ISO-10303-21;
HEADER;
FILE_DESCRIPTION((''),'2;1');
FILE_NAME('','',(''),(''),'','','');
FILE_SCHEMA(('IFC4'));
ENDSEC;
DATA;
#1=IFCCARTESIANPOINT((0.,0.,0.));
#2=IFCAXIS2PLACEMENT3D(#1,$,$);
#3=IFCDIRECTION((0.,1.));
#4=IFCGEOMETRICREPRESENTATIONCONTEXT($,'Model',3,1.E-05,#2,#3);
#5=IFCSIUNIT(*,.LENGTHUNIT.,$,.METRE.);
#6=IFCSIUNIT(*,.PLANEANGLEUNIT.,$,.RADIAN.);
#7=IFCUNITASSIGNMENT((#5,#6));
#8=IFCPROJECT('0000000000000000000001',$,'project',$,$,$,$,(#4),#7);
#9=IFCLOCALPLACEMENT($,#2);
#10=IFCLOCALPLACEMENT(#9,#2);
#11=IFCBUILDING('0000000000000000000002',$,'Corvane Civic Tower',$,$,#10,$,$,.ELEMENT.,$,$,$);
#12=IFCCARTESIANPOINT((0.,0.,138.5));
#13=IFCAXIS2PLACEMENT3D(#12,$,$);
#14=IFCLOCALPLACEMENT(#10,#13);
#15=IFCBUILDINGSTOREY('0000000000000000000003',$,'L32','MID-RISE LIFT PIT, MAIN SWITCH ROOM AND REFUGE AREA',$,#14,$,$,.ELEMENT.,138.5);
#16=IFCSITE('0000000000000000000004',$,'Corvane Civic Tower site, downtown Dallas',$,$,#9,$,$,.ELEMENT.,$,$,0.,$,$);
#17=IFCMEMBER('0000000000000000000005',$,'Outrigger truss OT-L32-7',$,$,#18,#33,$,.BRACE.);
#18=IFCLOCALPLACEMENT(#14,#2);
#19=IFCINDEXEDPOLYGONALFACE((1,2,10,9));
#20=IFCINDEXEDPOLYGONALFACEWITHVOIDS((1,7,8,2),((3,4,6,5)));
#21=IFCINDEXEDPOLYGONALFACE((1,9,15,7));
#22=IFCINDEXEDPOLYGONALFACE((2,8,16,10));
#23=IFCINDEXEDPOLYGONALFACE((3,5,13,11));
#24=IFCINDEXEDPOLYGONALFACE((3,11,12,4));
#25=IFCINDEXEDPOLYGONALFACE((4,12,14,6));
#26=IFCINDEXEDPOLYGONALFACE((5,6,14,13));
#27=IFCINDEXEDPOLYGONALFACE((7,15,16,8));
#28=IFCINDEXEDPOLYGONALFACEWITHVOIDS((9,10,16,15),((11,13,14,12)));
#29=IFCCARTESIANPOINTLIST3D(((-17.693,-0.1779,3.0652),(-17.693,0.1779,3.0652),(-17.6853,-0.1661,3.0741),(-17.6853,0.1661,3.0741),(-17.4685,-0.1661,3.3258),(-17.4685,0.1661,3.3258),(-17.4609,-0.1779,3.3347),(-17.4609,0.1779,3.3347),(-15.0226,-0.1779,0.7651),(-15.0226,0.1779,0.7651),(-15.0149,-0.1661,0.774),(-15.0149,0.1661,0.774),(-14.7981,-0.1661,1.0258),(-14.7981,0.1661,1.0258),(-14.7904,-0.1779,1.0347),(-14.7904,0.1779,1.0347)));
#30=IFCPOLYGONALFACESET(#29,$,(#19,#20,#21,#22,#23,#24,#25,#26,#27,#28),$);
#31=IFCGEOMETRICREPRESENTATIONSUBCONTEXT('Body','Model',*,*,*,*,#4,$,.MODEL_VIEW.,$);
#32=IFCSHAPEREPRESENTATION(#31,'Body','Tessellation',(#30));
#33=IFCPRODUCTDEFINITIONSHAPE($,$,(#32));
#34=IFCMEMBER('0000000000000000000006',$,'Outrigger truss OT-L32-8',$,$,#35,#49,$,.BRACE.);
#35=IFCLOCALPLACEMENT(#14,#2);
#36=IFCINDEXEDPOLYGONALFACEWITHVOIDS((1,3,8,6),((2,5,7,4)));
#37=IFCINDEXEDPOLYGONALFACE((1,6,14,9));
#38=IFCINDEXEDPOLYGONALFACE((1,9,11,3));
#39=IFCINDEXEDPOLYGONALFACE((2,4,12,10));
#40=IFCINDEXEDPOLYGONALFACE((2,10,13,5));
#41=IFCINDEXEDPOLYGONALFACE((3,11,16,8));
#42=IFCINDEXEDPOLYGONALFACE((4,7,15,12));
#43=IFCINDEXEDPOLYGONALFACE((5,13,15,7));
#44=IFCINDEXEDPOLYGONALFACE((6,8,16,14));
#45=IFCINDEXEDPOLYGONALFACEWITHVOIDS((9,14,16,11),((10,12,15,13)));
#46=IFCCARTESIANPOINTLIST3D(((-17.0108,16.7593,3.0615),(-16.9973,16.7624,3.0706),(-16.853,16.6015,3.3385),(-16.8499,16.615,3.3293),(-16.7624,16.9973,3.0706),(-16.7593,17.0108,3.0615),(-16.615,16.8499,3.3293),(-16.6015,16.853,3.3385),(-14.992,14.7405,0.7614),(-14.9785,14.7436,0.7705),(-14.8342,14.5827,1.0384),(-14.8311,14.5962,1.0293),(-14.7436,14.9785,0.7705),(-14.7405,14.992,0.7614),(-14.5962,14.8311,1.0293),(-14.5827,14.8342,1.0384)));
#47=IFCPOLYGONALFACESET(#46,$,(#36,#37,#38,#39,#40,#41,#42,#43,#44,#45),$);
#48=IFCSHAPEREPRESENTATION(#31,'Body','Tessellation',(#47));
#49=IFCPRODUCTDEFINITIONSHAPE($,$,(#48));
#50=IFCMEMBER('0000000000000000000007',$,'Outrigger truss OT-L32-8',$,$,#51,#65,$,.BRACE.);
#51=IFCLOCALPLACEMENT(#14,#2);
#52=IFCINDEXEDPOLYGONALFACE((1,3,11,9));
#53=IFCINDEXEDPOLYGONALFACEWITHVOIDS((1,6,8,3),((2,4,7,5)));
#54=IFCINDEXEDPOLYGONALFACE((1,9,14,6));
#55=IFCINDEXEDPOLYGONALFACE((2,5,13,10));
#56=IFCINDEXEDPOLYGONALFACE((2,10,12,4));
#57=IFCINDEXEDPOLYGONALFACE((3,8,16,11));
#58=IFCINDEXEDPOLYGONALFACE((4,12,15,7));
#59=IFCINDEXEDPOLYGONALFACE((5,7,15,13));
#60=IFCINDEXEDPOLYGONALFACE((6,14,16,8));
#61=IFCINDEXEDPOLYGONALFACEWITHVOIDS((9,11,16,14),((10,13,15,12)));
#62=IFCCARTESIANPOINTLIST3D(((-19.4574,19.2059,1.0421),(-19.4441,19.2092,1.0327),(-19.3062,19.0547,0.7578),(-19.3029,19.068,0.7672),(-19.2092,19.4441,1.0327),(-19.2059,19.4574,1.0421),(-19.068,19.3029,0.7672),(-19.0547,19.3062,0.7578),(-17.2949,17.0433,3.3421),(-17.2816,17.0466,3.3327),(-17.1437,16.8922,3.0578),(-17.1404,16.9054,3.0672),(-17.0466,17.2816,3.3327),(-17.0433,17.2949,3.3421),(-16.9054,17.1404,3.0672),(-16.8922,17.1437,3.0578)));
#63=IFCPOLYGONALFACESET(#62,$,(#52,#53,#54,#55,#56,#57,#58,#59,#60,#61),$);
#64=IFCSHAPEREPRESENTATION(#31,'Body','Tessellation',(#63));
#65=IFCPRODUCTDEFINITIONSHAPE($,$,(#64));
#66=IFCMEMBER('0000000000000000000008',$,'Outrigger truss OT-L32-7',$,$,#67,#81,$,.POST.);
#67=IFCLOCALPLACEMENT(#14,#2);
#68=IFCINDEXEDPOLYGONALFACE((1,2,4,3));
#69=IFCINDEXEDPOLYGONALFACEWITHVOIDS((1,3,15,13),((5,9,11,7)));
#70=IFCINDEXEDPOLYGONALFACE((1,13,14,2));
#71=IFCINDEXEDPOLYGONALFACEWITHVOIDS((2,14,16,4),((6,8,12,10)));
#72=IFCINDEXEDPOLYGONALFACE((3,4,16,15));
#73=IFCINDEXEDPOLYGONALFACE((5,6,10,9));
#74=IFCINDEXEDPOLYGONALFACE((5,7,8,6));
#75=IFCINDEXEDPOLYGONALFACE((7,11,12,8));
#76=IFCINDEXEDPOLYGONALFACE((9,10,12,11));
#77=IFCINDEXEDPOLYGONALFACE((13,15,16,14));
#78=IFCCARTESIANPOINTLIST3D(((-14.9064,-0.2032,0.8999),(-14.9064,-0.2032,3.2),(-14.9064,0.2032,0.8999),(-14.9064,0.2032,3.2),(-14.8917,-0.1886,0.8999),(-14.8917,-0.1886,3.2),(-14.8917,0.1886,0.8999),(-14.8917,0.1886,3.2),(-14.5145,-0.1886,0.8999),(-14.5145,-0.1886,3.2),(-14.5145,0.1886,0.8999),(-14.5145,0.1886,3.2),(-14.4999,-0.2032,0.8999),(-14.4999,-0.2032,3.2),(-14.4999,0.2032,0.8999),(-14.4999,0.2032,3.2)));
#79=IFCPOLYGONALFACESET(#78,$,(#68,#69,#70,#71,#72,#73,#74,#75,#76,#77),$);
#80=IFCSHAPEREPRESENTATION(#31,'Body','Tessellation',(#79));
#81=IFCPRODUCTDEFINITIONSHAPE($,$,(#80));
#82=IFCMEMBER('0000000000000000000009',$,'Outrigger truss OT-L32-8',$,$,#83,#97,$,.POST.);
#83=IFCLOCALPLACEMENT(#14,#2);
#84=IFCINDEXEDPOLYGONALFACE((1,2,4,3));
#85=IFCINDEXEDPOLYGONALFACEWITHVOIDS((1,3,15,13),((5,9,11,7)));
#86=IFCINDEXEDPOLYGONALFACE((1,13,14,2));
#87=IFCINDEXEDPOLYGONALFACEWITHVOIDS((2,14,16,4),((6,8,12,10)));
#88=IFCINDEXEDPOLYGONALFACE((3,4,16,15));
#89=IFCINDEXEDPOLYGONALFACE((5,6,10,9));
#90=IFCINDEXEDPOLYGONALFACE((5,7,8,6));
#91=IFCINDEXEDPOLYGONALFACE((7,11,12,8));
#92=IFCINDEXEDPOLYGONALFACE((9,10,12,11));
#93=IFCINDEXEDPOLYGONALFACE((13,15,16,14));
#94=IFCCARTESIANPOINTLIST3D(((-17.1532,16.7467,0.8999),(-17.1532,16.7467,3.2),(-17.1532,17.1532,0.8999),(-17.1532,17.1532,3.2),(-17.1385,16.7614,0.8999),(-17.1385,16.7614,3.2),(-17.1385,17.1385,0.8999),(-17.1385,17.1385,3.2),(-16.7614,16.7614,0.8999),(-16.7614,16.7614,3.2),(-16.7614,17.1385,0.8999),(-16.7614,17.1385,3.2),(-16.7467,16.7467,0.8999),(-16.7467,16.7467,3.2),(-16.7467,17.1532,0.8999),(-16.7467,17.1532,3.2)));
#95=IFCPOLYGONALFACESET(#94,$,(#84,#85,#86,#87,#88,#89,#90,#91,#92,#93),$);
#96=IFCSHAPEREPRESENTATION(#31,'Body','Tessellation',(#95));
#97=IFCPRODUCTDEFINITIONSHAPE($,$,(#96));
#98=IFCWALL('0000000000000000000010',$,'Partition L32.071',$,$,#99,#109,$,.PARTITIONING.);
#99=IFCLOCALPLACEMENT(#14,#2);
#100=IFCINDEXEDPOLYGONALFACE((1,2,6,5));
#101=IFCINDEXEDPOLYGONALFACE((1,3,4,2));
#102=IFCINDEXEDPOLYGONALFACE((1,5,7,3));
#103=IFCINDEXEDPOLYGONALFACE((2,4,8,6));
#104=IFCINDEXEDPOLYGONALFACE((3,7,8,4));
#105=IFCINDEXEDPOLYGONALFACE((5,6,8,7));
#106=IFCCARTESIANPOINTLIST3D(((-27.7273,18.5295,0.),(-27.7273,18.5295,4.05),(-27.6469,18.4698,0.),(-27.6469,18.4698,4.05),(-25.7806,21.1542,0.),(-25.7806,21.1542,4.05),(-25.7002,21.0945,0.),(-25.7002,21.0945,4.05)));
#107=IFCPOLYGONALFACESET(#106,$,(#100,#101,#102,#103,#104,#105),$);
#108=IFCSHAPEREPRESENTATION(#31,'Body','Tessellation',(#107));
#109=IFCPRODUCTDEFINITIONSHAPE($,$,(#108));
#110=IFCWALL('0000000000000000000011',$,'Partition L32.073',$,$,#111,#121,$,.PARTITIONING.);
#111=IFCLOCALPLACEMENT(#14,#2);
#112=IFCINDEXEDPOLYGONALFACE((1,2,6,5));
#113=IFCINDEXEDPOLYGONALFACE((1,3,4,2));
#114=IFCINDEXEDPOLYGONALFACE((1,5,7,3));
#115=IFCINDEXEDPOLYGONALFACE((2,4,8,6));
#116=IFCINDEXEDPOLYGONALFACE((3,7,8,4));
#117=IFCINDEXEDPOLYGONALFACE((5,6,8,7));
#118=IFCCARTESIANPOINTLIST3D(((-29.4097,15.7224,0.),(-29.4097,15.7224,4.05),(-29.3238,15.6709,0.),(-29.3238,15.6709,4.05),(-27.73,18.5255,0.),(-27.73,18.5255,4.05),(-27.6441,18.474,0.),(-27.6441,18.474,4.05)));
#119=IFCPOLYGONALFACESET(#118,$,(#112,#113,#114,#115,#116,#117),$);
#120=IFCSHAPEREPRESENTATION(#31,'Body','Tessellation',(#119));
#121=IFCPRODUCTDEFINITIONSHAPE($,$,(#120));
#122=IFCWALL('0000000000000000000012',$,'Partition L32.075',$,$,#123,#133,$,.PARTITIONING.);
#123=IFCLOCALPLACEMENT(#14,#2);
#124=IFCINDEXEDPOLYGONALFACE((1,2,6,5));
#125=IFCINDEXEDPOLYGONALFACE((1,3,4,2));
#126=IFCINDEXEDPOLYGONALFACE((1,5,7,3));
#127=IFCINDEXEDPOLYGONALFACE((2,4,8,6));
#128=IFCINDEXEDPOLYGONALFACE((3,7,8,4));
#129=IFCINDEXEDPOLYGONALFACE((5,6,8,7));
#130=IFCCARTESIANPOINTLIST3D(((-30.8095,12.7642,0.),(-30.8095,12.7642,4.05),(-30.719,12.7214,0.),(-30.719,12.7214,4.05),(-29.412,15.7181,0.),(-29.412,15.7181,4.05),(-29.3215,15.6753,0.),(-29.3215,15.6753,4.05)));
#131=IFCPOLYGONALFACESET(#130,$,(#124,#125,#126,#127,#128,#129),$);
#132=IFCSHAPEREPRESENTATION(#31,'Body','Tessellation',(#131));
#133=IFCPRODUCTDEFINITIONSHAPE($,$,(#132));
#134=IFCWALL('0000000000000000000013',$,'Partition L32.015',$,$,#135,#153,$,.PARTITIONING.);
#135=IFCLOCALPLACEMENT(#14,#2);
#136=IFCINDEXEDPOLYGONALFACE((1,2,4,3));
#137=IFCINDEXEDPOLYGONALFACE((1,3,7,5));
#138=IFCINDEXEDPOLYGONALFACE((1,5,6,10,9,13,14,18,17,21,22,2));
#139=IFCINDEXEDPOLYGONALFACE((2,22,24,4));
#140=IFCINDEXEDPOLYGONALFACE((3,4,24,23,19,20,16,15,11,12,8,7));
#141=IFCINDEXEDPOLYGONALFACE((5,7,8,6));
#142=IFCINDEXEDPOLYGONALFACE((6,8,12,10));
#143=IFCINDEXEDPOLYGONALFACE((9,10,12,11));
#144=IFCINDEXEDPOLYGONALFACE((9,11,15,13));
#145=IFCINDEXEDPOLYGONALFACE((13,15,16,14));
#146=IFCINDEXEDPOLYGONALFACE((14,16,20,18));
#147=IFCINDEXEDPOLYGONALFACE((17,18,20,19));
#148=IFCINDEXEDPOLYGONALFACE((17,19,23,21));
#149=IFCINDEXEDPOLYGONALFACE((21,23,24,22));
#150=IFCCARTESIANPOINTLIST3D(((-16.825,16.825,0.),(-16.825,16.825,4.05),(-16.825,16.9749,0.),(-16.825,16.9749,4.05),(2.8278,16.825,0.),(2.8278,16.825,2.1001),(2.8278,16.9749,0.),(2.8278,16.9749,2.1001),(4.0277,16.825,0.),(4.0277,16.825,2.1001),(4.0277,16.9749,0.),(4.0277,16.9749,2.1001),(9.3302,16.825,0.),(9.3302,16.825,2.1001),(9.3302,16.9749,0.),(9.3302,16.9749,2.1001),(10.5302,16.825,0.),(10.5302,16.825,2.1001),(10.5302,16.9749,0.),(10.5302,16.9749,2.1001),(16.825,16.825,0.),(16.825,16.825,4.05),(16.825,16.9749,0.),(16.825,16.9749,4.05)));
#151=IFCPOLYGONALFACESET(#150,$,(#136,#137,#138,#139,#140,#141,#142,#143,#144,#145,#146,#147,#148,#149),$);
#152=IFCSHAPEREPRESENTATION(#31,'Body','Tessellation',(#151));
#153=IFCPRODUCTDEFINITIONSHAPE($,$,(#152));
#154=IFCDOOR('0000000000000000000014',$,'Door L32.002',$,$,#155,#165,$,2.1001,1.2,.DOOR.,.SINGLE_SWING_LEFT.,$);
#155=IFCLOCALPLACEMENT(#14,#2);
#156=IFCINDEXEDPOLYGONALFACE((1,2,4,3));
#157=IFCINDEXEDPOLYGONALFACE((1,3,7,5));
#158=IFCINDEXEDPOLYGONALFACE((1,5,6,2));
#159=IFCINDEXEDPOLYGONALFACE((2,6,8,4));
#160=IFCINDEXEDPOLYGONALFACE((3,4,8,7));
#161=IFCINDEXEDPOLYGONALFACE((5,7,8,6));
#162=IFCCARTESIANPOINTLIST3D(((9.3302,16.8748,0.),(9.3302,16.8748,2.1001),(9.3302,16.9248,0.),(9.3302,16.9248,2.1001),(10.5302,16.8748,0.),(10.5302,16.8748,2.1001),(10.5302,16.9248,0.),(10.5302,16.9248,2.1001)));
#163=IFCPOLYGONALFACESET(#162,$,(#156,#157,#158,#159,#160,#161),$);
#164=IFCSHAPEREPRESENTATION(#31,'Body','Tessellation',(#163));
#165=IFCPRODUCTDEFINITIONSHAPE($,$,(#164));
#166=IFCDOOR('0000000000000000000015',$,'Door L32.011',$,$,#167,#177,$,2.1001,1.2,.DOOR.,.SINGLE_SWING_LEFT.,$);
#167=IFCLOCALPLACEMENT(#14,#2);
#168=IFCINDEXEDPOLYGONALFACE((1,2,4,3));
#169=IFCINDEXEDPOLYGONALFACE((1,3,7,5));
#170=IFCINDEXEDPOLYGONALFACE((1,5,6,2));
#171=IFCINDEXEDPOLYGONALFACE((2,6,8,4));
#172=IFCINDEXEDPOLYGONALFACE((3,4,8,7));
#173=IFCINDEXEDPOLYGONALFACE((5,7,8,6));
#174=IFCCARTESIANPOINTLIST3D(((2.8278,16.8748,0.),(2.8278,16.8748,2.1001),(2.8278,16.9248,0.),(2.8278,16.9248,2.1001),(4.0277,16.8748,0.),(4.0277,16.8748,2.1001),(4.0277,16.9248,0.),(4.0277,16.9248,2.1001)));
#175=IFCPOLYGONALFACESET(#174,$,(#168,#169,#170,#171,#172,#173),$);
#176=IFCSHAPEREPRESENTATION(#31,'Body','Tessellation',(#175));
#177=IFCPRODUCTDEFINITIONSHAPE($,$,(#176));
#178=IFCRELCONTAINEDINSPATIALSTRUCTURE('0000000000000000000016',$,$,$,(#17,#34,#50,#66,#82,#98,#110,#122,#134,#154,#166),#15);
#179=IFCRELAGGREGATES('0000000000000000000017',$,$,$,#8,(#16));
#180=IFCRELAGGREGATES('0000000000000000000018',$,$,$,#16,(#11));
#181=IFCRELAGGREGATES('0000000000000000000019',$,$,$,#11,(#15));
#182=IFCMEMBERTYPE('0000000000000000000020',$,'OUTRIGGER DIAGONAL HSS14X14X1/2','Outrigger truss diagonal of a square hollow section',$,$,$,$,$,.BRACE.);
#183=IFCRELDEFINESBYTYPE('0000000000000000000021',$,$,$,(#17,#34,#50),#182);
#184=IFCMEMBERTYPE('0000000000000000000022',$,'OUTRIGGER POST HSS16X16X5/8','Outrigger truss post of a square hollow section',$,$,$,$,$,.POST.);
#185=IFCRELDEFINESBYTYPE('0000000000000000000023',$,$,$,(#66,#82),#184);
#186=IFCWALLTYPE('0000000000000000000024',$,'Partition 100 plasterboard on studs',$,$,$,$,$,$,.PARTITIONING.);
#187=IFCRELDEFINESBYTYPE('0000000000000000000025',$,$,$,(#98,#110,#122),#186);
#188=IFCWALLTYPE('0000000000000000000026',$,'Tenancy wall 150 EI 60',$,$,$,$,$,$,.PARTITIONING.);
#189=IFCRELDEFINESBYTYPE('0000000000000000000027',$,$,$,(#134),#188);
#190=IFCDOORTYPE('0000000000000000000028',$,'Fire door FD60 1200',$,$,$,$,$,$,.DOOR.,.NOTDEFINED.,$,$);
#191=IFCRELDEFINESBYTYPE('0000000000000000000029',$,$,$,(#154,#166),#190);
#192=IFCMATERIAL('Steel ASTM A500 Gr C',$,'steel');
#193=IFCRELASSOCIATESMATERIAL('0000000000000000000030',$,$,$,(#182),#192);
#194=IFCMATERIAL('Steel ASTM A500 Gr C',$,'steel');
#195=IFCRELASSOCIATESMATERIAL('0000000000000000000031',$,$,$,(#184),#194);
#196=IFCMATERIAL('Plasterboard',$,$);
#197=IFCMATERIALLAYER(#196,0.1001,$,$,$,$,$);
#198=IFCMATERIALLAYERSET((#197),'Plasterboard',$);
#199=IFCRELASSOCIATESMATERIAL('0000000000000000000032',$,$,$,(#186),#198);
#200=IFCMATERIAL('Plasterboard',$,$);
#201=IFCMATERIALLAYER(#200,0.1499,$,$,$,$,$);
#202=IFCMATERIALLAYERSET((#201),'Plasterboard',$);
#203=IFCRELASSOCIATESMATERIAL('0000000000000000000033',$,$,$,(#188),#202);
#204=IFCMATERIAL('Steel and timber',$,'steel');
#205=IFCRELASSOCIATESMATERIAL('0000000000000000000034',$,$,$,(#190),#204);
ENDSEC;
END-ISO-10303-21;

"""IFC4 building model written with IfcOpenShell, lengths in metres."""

from ifc_helpers import new_model, si_unit, direction, frame, frame_2d, origin, origin_2d, place, context, subcontext, project, spatial, rectangle, hollow_rectangle, extrude, material, layer, layer_set, material_profile, profile_set, type_object, element, fill, save


model = new_model("IFC4")

# Units and contexts
model_context = context("Model", 3, precision=1e-05, world=origin(), true_north=direction((0.0, 1.0)))
body_context = subcontext(model_context, "Body", "Model", "MODEL_VIEW")
ifc_project = project(units=[si_unit("LENGTHUNIT", "METRE"), si_unit("PLANEANGLEUNIT", "RADIAN")], contexts=[model_context])

# Site, building, storey
site_placement = place(None, origin())
site = spatial("IfcSite", under=ifc_project, at=site_placement, Name="Corvane Civic Tower site, downtown Dallas", CompositionType="ELEMENT", RefElevation=0.0)
building_placement = place(site_placement, origin())
building = spatial("IfcBuilding", under=site, at=building_placement, Name="Corvane Civic Tower", CompositionType="ELEMENT")
storey_placement = place(building_placement, frame((0.0, 0.0, 138.5)))
storey = spatial("IfcBuildingStorey", under=building, at=storey_placement, Name="L32", Description="MID-RISE LIFT PIT, MAIN SWITCH ROOM AND REFUGE AREA", CompositionType="ELEMENT", Elevation=138.5)

# Members
ifc_material_1 = material(Name="Steel ASTM A500 Gr C", Category="steel")
ifc_material_profile_1 = material_profile(ifc_material_1, hollow_rectangle(XDim=0.3557, YDim=0.3557, WallThickness=0.0117, at=origin_2d()), Name="HSS14X14X1/2")
ifc_profile_set_1 = profile_set([ifc_material_profile_1], Name="Steel ASTM A500 Gr C")
member_type_1 = type_object("IfcMemberType", Name="OUTRIGGER DIAGONAL HSS14X14X1/2", Description="Outrigger truss diagonal of a square hollow section", PredefinedType="BRACE", material=ifc_profile_set_1)
member_1_placement = place(storey_placement, frame((-14.9065, 0.0, 0.8999), z_axis=(-0.757695, 0.0, 0.652609), x_axis=(0.0, -1.0, 0.0)))
element("IfcMember", 1, at=member_1_placement, inside=storey, type_object=member_type_1, Name="Outrigger truss OT-L32-7", PredefinedType="BRACE", context=body_context, shape_type="SweptSolid", body=[
    extrude(hollow_rectangle(XDim=0.3557, YDim=0.3557, WallThickness=0.0117, at=origin_2d()), origin(), (0.0, 0.0, 1.0), 3.5244),
])
member_2_placement = place(storey_placement, frame((-14.7874, 14.7874, 0.8999), z_axis=(-0.550645, 0.550645, 0.627359), x_axis=(-0.707107, -0.707107, 0.0)))
element("IfcMember", 2, at=member_2_placement, inside=storey, type_object=member_type_1, Name="Outrigger truss OT-L32-8", PredefinedType="BRACE", context=body_context, shape_type="SweptSolid", body=[
    extrude(hollow_rectangle(XDim=0.3557, YDim=0.3557, WallThickness=0.0117, at=origin_2d()), origin(), (0.0, 0.0, 1.0), 3.6663),
])
member_3_placement = place(storey_placement, frame((-17.0935, 17.0935, 3.2), z_axis=(-0.565129, 0.565129, -0.601048), x_axis=(-0.707107, -0.707107, 0.0)))
element("IfcMember", 3, at=member_3_placement, inside=storey, type_object=member_type_1, Name="Outrigger truss OT-L32-8", PredefinedType="BRACE", context=body_context, shape_type="SweptSolid", body=[
    extrude(hollow_rectangle(XDim=0.3557, YDim=0.3557, WallThickness=0.0117, at=origin_2d()), origin(), (0.0, 0.0, 1.0), 3.8267),
])
ifc_material_2 = material(Name="Steel ASTM A500 Gr C", Category="steel")
ifc_material_profile_2 = material_profile(ifc_material_2, hollow_rectangle(XDim=0.4065, YDim=0.4065, WallThickness=0.0146, at=origin_2d()), Name="HSS16X16X5/8")
ifc_profile_set_2 = profile_set([ifc_material_profile_2], Name="Steel ASTM A500 Gr C")
member_type_2 = type_object("IfcMemberType", Name="OUTRIGGER POST HSS16X16X5/8", Description="Outrigger truss post of a square hollow section", PredefinedType="POST", material=ifc_profile_set_2)
for number, where, z_axis, x_axis, name in (
    (4, (-14.7031, 0.0, 0.8999), (0.0, 0.0, 1.0), (1.0, 0.0, 0.0), "Outrigger truss OT-L32-7"),
    (5, (-16.95, 16.95, 0.8999), (0.0, 0.0, 1.0), (1.0, 0.0, 0.0), "Outrigger truss OT-L32-8"),
):
    element("IfcMember", number, at=place(storey_placement, frame(where, z_axis=z_axis, x_axis=x_axis)), inside=storey, type_object=member_type_2, Name=name, PredefinedType="POST", context=body_context, shape_type="SweptSolid", body=[
        extrude(hollow_rectangle(XDim=0.4065, YDim=0.4065, WallThickness=0.0146, at=origin_2d()), origin(), (0.0, 0.0, 1.0), 2.3),
    ])

# Walls
ifc_material_3 = material(Name="Plasterboard")
ifc_layer_1 = layer(ifc_material_3, 0.1001)
ifc_layer_set_1 = layer_set([ifc_layer_1], Name="Plasterboard")
wall_type_1 = type_object("IfcWallType", Name="Partition 100 plasterboard on studs", PredefinedType="PARTITIONING", material=ifc_layer_set_1)
for number, where, z_axis, x_axis, name in (
    (6, (-27.687, 18.4998, 0.0), (0.0, 0.0, 1.0), (0.595724, 0.803189, 0.0), "Partition L32.071"),
    (7, (-29.3667, 15.6968, 0.0), (0.0, 0.0, 1.0), (0.514023, 0.857776, 0.0), "Partition L32.073"),
    (8, (-30.7642, 12.7429, 0.0), (0.0, 0.0, 1.0), (0.427653, 0.903943, 0.0), "Partition L32.075"),
):
    element("IfcWall", number, at=place(storey_placement, frame(where, z_axis=z_axis, x_axis=x_axis)), inside=storey, type_object=wall_type_1, Name=name, PredefinedType="PARTITIONING", context=body_context, shape_type="SweptSolid", body=[
        extrude(rectangle(XDim=3.2678, YDim=0.1001, at=frame_2d((1.6338, 0.0))), origin(), (0.0, 0.0, 1.0), 4.05),
    ])

# Wall, openings, doors
ifc_material_4 = material(Name="Plasterboard")
ifc_layer_2 = layer(ifc_material_4, 0.1499)
ifc_layer_set_2 = layer_set([ifc_layer_2], Name="Plasterboard")
wall_type_2 = type_object("IfcWallType", Name="Tenancy wall 150 EI 60", PredefinedType="PARTITIONING", material=ifc_layer_set_2)
wall_placement = place(storey_placement, frame((-16.825, 16.8999, 0.0), z_axis=(0.0, 0.0, 1.0), x_axis=(1.0, 0.0, 0.0)))
wall = element("IfcWall", 9, at=wall_placement, inside=storey, type_object=wall_type_2, Name="Partition L32.015", PredefinedType="PARTITIONING", context=body_context, shape_type="SweptSolid", body=[
    extrude(rectangle(XDim=33.6499, YDim=0.1499, at=frame_2d((16.825, 0.0))), origin(), (0.0, 0.0, 1.0), 4.05),
])
opening_1_placement = place(wall_placement, frame((26.155, 0.0, 0.0)))
opening_1 = element("IfcOpeningElement", 10, at=opening_1_placement, cuts=wall, PredefinedType="OPENING", context=body_context, shape_type="SweptSolid", body=[
    extrude(rectangle(XDim=1.2, YDim=2.1001, at=frame_2d((0.6001, 1.05))), frame((0.0, 0.085, 0.0), z_axis=(0.0, -1.0, 0.0), x_axis=(1.0, 0.0, 0.0)), (0.0, 0.0, 1.0), 0.1699),
])
opening_2_placement = place(wall_placement, frame((19.6526, 0.0, 0.0)))
opening_2 = element("IfcOpeningElement", 11, at=opening_2_placement, cuts=wall, PredefinedType="OPENING", context=body_context, shape_type="SweptSolid", body=[
    extrude(rectangle(XDim=1.2, YDim=2.1001, at=frame_2d((0.6001, 1.05))), frame((0.0, 0.085, 0.0), z_axis=(0.0, -1.0, 0.0), x_axis=(1.0, 0.0, 0.0)), (0.0, 0.0, 1.0), 0.1699),
])
ifc_material_5 = material(Name="Steel and timber", Category="steel")
door_type = type_object("IfcDoorType", Name="Fire door FD60 1200", OperationType="NOTDEFINED", PredefinedType="DOOR", material=ifc_material_5)
door_1_placement = place(opening_1_placement, origin())
door_1 = element("IfcDoor", 12, at=door_1_placement, inside=storey, type_object=door_type, Name="Door L32.002", OperationType="SINGLE_SWING_LEFT", OverallHeight=2.1001, OverallWidth=1.2, PredefinedType="DOOR", context=body_context, shape_type="SweptSolid", body=[
    extrude(rectangle(XDim=1.2, YDim=2.1001, at=frame_2d((0.6001, 1.05))), frame((0.0, 0.0249, 0.0), z_axis=(0.0, -1.0, 0.0), x_axis=(1.0, 0.0, 0.0)), (0.0, 0.0, 1.0), 0.05),
])
fill(opening_1, door_1)
door_2_placement = place(opening_2_placement, origin())
door_2 = element("IfcDoor", 13, at=door_2_placement, inside=storey, type_object=door_type, Name="Door L32.011", OperationType="SINGLE_SWING_LEFT", OverallHeight=2.1001, OverallWidth=1.2, PredefinedType="DOOR", context=body_context, shape_type="SweptSolid", body=[
    extrude(rectangle(XDim=1.2, YDim=2.1001, at=frame_2d((0.6001, 1.05))), frame((0.0, 0.0249, 0.0), z_axis=(0.0, -1.0, 0.0), x_axis=(1.0, 0.0, 0.0)), (0.0, 0.0, 1.0), 0.05),
])
fill(opening_2, door_2)

save(model, "model.ifc")
